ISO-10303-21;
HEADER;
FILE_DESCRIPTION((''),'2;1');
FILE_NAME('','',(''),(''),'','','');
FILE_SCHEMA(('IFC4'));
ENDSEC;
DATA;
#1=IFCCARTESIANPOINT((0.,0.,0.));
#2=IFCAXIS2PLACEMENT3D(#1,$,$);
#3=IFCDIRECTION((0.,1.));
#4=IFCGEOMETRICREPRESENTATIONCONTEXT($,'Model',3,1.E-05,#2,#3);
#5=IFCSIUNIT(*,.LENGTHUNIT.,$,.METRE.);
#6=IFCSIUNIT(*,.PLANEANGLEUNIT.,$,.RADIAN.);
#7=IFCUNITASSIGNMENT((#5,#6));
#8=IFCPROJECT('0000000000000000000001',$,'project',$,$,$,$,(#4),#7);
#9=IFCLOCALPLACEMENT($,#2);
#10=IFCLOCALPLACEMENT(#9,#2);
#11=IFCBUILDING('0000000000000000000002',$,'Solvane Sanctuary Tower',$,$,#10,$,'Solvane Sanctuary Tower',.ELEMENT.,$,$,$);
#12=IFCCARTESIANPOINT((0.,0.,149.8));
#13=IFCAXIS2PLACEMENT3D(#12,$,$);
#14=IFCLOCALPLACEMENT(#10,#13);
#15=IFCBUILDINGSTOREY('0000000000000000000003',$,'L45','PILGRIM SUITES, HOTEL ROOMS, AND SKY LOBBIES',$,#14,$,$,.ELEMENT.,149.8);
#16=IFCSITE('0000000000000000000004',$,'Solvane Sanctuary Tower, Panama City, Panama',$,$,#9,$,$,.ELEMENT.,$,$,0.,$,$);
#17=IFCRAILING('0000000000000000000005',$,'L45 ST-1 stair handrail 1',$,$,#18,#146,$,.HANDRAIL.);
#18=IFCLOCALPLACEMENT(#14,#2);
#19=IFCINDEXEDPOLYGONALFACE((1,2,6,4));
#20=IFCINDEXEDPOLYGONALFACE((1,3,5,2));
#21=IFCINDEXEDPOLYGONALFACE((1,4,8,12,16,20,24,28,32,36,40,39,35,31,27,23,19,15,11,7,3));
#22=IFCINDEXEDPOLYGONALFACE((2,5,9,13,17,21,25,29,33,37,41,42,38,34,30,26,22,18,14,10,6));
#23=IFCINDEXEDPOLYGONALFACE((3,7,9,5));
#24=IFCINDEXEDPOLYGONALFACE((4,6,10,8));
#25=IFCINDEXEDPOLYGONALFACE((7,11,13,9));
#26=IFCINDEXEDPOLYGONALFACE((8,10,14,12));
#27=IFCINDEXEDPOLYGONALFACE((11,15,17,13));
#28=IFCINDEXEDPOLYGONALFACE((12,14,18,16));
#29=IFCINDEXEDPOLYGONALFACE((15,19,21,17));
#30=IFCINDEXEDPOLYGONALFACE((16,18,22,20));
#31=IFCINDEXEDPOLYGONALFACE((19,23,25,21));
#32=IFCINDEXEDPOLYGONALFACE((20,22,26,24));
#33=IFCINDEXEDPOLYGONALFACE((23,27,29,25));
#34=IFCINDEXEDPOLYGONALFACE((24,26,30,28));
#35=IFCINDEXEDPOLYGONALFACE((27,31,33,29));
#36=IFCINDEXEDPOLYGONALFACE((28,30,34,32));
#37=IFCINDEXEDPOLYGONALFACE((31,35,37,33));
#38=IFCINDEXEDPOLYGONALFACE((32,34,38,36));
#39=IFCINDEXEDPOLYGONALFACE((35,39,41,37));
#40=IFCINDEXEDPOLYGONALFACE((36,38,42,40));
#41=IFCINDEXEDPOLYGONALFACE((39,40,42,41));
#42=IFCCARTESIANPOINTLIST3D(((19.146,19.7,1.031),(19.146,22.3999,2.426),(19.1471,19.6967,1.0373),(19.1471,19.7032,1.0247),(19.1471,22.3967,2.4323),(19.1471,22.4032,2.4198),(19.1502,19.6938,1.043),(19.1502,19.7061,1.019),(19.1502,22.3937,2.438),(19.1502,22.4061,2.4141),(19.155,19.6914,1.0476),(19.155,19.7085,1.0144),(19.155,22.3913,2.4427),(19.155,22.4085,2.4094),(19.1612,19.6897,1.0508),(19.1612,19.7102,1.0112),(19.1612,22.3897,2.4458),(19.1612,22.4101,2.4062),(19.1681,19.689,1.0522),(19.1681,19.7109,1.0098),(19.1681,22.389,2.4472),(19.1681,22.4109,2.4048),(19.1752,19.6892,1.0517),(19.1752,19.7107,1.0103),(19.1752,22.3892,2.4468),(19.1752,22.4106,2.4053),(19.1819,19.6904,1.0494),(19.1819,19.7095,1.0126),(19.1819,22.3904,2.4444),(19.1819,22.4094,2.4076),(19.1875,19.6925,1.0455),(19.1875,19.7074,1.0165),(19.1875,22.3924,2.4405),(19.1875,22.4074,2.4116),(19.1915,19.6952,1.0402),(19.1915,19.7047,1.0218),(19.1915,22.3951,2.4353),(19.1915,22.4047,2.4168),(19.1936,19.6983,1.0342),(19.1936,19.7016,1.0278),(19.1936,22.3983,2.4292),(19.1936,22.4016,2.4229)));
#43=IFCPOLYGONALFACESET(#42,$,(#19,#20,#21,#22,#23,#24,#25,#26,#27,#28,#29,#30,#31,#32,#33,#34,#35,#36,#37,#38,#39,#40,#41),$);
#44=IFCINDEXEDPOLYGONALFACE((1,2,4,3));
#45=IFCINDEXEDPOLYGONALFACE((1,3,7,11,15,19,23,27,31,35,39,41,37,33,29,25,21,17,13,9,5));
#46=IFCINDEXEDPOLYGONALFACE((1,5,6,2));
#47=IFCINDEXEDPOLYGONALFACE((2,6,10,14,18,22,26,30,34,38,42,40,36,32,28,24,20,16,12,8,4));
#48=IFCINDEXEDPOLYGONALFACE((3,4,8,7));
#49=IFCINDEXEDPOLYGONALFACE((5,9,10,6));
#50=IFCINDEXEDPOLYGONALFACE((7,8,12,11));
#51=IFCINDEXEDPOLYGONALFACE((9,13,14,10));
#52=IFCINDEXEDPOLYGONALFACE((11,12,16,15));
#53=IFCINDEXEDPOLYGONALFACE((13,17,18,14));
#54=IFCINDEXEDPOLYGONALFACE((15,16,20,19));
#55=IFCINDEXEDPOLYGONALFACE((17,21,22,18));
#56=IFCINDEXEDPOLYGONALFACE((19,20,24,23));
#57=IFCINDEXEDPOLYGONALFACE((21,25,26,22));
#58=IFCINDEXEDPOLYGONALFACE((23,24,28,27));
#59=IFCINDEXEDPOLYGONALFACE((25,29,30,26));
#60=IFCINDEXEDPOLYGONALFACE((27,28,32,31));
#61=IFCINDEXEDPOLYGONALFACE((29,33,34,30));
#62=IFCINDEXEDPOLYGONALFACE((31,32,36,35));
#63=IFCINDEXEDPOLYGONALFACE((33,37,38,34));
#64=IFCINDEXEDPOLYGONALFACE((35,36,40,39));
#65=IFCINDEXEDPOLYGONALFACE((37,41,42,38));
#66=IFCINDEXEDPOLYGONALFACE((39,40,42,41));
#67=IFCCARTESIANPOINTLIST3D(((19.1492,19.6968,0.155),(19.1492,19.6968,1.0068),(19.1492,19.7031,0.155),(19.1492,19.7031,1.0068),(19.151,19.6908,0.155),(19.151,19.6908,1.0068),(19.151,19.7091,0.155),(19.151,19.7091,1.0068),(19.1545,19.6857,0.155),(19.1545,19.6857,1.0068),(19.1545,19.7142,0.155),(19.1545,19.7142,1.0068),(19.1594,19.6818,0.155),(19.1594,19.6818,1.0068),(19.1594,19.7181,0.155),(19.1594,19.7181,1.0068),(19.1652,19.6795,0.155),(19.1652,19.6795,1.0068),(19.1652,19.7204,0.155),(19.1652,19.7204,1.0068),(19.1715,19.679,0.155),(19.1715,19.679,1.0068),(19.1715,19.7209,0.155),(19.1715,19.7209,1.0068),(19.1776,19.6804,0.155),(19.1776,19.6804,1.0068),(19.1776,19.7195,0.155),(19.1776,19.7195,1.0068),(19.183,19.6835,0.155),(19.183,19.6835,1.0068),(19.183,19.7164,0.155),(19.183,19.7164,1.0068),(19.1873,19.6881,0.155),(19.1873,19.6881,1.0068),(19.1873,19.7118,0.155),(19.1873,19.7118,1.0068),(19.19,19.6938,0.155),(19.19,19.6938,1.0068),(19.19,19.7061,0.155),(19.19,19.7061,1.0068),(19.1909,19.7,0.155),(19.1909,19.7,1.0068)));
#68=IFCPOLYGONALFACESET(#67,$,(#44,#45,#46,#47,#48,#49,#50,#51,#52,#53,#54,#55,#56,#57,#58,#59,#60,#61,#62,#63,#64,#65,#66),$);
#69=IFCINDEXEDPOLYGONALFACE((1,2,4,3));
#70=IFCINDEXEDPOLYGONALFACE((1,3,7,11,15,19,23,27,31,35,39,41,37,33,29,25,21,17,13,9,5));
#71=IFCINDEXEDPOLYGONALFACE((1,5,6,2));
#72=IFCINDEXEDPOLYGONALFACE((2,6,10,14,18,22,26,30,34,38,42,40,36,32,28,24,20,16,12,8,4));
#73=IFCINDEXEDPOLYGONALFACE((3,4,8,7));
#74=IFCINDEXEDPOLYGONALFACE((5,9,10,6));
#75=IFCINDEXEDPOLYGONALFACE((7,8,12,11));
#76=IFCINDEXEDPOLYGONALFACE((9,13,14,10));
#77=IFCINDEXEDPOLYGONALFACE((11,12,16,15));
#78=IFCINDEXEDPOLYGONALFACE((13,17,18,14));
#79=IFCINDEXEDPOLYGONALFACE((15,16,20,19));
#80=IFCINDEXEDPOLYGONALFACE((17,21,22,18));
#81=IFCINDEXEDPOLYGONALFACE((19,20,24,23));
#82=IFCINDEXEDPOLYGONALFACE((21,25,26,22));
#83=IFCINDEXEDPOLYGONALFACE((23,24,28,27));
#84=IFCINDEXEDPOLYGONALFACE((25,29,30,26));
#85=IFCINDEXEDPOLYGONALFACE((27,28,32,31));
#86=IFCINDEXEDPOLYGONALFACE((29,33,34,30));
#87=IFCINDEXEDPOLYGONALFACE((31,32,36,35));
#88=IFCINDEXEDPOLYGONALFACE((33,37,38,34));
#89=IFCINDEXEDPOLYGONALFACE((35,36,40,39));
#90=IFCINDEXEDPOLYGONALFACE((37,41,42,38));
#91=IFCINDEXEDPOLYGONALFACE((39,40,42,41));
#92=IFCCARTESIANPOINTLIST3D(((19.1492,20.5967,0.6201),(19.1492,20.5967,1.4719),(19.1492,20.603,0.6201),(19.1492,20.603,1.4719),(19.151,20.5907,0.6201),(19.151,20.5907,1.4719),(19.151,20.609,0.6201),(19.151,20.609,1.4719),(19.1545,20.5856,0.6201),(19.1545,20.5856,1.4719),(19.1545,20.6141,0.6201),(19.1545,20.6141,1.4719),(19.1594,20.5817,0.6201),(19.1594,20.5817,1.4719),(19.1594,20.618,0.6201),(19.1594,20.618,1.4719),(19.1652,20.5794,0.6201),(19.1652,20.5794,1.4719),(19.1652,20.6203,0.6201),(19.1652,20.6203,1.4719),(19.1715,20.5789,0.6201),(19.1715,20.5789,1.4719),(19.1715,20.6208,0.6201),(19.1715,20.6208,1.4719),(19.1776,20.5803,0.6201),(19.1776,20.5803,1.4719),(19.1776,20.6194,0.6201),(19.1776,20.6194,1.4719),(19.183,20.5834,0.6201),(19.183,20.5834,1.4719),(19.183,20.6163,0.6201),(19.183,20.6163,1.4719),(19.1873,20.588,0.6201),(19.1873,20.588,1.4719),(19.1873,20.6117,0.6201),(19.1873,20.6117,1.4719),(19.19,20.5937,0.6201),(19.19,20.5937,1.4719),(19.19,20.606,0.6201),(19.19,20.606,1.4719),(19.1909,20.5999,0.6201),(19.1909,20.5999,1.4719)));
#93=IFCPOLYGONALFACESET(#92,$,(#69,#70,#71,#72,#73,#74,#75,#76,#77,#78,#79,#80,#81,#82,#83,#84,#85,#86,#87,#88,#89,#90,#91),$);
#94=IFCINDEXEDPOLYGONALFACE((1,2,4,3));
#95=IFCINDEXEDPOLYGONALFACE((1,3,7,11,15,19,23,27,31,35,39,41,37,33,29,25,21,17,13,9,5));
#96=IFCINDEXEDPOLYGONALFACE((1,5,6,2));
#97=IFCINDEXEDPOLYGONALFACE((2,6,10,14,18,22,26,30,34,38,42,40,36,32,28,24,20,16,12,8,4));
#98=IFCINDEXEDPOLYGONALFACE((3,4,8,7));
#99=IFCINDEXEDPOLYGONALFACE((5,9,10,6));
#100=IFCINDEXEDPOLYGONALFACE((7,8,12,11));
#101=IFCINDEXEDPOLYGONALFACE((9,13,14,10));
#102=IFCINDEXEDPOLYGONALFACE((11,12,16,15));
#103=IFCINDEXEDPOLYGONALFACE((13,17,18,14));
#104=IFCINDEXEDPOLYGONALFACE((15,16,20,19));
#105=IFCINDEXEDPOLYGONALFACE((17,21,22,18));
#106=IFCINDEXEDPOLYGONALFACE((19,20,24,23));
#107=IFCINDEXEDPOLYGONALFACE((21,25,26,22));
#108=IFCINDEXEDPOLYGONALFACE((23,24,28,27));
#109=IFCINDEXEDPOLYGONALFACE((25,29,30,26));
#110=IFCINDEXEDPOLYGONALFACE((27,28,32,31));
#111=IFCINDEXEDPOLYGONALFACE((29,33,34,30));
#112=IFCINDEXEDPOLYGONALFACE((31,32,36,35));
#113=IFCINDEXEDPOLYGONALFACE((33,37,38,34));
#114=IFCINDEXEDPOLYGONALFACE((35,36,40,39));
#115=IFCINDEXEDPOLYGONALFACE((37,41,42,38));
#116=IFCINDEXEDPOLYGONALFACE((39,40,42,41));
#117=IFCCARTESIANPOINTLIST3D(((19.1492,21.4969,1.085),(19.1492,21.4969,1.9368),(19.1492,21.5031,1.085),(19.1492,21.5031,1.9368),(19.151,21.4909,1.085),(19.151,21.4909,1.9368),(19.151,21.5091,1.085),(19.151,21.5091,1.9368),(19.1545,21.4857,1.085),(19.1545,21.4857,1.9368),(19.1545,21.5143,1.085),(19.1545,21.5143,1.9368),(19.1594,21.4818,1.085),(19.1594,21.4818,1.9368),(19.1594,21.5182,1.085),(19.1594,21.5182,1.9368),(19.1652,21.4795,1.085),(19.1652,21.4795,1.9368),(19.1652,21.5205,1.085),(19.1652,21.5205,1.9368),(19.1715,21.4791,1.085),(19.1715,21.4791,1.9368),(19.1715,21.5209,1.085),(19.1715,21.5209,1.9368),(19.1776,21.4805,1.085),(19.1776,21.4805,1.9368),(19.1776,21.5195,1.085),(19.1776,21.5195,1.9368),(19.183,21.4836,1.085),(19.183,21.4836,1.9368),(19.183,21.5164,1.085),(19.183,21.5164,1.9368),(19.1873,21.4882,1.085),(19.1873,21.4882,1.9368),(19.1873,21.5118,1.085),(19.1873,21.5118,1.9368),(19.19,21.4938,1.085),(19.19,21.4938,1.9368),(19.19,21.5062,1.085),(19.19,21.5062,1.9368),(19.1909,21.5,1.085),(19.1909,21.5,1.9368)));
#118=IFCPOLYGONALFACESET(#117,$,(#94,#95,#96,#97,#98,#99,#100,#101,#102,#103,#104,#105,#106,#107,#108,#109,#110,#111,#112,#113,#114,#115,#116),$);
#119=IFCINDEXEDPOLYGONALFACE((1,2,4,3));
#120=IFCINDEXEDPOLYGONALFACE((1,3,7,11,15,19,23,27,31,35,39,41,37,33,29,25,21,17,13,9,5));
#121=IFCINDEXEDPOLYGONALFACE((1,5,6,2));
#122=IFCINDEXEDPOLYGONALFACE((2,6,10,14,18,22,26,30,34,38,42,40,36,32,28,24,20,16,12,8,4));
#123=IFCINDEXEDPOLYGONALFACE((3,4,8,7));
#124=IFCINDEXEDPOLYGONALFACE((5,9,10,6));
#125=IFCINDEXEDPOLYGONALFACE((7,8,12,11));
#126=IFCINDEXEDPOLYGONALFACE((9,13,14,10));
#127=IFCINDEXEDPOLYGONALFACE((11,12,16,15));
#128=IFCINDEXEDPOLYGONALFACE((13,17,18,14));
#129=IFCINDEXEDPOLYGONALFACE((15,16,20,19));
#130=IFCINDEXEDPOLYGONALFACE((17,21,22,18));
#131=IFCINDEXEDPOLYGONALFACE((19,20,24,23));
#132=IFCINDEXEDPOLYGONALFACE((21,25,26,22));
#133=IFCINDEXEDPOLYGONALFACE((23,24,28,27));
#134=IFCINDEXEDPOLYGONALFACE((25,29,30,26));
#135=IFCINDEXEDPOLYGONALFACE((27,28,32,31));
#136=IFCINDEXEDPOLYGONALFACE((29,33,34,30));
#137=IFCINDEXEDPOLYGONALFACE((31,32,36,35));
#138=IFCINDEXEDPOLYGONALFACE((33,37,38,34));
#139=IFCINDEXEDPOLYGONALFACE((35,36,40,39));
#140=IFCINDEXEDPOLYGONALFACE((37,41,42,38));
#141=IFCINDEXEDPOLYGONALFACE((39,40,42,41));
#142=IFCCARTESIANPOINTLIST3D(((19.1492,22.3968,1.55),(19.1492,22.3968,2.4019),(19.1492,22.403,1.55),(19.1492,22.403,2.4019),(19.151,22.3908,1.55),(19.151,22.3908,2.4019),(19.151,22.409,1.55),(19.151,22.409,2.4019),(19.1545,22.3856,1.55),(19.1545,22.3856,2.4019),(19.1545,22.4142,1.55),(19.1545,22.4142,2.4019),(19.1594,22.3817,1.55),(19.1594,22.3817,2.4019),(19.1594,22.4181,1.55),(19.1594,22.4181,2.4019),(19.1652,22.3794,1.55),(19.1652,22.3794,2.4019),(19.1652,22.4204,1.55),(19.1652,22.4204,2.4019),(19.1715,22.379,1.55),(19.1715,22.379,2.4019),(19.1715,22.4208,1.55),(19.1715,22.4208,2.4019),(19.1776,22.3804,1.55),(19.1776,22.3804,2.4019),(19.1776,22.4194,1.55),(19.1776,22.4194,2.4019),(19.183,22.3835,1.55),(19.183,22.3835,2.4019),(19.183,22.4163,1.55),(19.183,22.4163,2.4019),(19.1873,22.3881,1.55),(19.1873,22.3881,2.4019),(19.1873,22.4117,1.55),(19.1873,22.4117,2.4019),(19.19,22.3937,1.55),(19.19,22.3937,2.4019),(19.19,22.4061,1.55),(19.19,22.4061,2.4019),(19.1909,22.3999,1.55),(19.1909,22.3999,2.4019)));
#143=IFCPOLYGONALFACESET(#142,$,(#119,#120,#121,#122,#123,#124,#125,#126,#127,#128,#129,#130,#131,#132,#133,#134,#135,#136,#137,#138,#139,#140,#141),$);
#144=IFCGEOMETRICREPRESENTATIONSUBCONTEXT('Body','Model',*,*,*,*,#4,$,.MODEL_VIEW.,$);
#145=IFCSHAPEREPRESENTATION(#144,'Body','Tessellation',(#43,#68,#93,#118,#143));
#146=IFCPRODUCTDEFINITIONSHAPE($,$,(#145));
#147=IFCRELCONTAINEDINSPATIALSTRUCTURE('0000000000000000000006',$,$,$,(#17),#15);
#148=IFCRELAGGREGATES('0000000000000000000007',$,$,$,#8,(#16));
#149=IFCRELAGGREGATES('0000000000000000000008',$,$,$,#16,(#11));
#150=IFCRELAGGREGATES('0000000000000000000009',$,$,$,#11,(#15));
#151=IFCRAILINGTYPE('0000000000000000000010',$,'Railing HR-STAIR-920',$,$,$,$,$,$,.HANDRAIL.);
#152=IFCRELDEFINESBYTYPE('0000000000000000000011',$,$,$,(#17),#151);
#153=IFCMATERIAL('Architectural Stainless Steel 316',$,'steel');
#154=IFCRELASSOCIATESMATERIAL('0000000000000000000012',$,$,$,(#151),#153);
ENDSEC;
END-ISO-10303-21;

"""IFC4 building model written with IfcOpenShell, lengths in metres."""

from ifc_helpers import new_model, si_unit, direction, frame, origin, origin_2d, place, context, subcontext, project, spatial, circle, extrude, material, type_object, element, save


model = new_model("IFC4")

# Units and contexts
model_context = context("Model", 3, precision=1e-05, world=origin(), true_north=direction((0.0, 1.0)))
body_context = subcontext(model_context, "Body", "Model", "MODEL_VIEW")
ifc_project = project(units=[si_unit("LENGTHUNIT", "METRE"), si_unit("PLANEANGLEUNIT", "RADIAN")], contexts=[model_context])

# Site, building, storey
site_placement = place(None, origin())
site = spatial("IfcSite", under=ifc_project, at=site_placement, Name="Solvane Sanctuary Tower, Panama City, Panama", CompositionType="ELEMENT", RefElevation=0.0)
building_placement = place(site_placement, origin())
building = spatial("IfcBuilding", under=site, at=building_placement, Name="Solvane Sanctuary Tower", LongName="Solvane Sanctuary Tower", CompositionType="ELEMENT")
storey_placement = place(building_placement, frame((0.0, 0.0, 149.8)))
storey = spatial("IfcBuildingStorey", under=building, at=storey_placement, Name="L45", Description="PILGRIM SUITES, HOTEL ROOMS, AND SKY LOBBIES", CompositionType="ELEMENT", Elevation=149.8)

# Shared definitions
ifc_material_1 = material(Name="Architectural Stainless Steel 316", Category="steel")

# Railing
railing_type_1 = type_object("IfcRailingType", Name="Railing HR-STAIR-920", PredefinedType="HANDRAIL", material=ifc_material_1)
railing_1_placement = place(storey_placement, frame((19.1699, 19.7, 0.155)))
element("IfcRailing", 1, at=railing_1_placement, inside=storey, type_object=railing_type_1, Name="L45 ST-1 stair handrail 1", PredefinedType="HANDRAIL", context=body_context, shape_type="SweptSolid", body=[
    extrude(circle(Radius=0.0239, at=origin_2d()), frame((0.0, 0.0, 0.876), z_axis=(0.0, 0.88842, 0.459032), x_axis=(-1.0, 0.0, 0.0)), (0.0, 0.0, 1.0), 3.0391),
    extrude(circle(Radius=0.021, at=origin_2d()), origin(), (0.0, 0.0, 1.0), 0.8518),
    extrude(circle(Radius=0.021, at=origin_2d()), frame((0.0, 0.8999, 0.4651)), (0.0, 0.0, 1.0), 0.8518),
    extrude(circle(Radius=0.021, at=origin_2d()), frame((0.0, 1.8, 0.9299)), (0.0, 0.0, 1.0), 0.8518),
    extrude(circle(Radius=0.021, at=origin_2d()), frame((0.0, 2.7, 1.395)), (0.0, 0.0, 1.0), 0.8518),
])

save(model, "model.ifc")
